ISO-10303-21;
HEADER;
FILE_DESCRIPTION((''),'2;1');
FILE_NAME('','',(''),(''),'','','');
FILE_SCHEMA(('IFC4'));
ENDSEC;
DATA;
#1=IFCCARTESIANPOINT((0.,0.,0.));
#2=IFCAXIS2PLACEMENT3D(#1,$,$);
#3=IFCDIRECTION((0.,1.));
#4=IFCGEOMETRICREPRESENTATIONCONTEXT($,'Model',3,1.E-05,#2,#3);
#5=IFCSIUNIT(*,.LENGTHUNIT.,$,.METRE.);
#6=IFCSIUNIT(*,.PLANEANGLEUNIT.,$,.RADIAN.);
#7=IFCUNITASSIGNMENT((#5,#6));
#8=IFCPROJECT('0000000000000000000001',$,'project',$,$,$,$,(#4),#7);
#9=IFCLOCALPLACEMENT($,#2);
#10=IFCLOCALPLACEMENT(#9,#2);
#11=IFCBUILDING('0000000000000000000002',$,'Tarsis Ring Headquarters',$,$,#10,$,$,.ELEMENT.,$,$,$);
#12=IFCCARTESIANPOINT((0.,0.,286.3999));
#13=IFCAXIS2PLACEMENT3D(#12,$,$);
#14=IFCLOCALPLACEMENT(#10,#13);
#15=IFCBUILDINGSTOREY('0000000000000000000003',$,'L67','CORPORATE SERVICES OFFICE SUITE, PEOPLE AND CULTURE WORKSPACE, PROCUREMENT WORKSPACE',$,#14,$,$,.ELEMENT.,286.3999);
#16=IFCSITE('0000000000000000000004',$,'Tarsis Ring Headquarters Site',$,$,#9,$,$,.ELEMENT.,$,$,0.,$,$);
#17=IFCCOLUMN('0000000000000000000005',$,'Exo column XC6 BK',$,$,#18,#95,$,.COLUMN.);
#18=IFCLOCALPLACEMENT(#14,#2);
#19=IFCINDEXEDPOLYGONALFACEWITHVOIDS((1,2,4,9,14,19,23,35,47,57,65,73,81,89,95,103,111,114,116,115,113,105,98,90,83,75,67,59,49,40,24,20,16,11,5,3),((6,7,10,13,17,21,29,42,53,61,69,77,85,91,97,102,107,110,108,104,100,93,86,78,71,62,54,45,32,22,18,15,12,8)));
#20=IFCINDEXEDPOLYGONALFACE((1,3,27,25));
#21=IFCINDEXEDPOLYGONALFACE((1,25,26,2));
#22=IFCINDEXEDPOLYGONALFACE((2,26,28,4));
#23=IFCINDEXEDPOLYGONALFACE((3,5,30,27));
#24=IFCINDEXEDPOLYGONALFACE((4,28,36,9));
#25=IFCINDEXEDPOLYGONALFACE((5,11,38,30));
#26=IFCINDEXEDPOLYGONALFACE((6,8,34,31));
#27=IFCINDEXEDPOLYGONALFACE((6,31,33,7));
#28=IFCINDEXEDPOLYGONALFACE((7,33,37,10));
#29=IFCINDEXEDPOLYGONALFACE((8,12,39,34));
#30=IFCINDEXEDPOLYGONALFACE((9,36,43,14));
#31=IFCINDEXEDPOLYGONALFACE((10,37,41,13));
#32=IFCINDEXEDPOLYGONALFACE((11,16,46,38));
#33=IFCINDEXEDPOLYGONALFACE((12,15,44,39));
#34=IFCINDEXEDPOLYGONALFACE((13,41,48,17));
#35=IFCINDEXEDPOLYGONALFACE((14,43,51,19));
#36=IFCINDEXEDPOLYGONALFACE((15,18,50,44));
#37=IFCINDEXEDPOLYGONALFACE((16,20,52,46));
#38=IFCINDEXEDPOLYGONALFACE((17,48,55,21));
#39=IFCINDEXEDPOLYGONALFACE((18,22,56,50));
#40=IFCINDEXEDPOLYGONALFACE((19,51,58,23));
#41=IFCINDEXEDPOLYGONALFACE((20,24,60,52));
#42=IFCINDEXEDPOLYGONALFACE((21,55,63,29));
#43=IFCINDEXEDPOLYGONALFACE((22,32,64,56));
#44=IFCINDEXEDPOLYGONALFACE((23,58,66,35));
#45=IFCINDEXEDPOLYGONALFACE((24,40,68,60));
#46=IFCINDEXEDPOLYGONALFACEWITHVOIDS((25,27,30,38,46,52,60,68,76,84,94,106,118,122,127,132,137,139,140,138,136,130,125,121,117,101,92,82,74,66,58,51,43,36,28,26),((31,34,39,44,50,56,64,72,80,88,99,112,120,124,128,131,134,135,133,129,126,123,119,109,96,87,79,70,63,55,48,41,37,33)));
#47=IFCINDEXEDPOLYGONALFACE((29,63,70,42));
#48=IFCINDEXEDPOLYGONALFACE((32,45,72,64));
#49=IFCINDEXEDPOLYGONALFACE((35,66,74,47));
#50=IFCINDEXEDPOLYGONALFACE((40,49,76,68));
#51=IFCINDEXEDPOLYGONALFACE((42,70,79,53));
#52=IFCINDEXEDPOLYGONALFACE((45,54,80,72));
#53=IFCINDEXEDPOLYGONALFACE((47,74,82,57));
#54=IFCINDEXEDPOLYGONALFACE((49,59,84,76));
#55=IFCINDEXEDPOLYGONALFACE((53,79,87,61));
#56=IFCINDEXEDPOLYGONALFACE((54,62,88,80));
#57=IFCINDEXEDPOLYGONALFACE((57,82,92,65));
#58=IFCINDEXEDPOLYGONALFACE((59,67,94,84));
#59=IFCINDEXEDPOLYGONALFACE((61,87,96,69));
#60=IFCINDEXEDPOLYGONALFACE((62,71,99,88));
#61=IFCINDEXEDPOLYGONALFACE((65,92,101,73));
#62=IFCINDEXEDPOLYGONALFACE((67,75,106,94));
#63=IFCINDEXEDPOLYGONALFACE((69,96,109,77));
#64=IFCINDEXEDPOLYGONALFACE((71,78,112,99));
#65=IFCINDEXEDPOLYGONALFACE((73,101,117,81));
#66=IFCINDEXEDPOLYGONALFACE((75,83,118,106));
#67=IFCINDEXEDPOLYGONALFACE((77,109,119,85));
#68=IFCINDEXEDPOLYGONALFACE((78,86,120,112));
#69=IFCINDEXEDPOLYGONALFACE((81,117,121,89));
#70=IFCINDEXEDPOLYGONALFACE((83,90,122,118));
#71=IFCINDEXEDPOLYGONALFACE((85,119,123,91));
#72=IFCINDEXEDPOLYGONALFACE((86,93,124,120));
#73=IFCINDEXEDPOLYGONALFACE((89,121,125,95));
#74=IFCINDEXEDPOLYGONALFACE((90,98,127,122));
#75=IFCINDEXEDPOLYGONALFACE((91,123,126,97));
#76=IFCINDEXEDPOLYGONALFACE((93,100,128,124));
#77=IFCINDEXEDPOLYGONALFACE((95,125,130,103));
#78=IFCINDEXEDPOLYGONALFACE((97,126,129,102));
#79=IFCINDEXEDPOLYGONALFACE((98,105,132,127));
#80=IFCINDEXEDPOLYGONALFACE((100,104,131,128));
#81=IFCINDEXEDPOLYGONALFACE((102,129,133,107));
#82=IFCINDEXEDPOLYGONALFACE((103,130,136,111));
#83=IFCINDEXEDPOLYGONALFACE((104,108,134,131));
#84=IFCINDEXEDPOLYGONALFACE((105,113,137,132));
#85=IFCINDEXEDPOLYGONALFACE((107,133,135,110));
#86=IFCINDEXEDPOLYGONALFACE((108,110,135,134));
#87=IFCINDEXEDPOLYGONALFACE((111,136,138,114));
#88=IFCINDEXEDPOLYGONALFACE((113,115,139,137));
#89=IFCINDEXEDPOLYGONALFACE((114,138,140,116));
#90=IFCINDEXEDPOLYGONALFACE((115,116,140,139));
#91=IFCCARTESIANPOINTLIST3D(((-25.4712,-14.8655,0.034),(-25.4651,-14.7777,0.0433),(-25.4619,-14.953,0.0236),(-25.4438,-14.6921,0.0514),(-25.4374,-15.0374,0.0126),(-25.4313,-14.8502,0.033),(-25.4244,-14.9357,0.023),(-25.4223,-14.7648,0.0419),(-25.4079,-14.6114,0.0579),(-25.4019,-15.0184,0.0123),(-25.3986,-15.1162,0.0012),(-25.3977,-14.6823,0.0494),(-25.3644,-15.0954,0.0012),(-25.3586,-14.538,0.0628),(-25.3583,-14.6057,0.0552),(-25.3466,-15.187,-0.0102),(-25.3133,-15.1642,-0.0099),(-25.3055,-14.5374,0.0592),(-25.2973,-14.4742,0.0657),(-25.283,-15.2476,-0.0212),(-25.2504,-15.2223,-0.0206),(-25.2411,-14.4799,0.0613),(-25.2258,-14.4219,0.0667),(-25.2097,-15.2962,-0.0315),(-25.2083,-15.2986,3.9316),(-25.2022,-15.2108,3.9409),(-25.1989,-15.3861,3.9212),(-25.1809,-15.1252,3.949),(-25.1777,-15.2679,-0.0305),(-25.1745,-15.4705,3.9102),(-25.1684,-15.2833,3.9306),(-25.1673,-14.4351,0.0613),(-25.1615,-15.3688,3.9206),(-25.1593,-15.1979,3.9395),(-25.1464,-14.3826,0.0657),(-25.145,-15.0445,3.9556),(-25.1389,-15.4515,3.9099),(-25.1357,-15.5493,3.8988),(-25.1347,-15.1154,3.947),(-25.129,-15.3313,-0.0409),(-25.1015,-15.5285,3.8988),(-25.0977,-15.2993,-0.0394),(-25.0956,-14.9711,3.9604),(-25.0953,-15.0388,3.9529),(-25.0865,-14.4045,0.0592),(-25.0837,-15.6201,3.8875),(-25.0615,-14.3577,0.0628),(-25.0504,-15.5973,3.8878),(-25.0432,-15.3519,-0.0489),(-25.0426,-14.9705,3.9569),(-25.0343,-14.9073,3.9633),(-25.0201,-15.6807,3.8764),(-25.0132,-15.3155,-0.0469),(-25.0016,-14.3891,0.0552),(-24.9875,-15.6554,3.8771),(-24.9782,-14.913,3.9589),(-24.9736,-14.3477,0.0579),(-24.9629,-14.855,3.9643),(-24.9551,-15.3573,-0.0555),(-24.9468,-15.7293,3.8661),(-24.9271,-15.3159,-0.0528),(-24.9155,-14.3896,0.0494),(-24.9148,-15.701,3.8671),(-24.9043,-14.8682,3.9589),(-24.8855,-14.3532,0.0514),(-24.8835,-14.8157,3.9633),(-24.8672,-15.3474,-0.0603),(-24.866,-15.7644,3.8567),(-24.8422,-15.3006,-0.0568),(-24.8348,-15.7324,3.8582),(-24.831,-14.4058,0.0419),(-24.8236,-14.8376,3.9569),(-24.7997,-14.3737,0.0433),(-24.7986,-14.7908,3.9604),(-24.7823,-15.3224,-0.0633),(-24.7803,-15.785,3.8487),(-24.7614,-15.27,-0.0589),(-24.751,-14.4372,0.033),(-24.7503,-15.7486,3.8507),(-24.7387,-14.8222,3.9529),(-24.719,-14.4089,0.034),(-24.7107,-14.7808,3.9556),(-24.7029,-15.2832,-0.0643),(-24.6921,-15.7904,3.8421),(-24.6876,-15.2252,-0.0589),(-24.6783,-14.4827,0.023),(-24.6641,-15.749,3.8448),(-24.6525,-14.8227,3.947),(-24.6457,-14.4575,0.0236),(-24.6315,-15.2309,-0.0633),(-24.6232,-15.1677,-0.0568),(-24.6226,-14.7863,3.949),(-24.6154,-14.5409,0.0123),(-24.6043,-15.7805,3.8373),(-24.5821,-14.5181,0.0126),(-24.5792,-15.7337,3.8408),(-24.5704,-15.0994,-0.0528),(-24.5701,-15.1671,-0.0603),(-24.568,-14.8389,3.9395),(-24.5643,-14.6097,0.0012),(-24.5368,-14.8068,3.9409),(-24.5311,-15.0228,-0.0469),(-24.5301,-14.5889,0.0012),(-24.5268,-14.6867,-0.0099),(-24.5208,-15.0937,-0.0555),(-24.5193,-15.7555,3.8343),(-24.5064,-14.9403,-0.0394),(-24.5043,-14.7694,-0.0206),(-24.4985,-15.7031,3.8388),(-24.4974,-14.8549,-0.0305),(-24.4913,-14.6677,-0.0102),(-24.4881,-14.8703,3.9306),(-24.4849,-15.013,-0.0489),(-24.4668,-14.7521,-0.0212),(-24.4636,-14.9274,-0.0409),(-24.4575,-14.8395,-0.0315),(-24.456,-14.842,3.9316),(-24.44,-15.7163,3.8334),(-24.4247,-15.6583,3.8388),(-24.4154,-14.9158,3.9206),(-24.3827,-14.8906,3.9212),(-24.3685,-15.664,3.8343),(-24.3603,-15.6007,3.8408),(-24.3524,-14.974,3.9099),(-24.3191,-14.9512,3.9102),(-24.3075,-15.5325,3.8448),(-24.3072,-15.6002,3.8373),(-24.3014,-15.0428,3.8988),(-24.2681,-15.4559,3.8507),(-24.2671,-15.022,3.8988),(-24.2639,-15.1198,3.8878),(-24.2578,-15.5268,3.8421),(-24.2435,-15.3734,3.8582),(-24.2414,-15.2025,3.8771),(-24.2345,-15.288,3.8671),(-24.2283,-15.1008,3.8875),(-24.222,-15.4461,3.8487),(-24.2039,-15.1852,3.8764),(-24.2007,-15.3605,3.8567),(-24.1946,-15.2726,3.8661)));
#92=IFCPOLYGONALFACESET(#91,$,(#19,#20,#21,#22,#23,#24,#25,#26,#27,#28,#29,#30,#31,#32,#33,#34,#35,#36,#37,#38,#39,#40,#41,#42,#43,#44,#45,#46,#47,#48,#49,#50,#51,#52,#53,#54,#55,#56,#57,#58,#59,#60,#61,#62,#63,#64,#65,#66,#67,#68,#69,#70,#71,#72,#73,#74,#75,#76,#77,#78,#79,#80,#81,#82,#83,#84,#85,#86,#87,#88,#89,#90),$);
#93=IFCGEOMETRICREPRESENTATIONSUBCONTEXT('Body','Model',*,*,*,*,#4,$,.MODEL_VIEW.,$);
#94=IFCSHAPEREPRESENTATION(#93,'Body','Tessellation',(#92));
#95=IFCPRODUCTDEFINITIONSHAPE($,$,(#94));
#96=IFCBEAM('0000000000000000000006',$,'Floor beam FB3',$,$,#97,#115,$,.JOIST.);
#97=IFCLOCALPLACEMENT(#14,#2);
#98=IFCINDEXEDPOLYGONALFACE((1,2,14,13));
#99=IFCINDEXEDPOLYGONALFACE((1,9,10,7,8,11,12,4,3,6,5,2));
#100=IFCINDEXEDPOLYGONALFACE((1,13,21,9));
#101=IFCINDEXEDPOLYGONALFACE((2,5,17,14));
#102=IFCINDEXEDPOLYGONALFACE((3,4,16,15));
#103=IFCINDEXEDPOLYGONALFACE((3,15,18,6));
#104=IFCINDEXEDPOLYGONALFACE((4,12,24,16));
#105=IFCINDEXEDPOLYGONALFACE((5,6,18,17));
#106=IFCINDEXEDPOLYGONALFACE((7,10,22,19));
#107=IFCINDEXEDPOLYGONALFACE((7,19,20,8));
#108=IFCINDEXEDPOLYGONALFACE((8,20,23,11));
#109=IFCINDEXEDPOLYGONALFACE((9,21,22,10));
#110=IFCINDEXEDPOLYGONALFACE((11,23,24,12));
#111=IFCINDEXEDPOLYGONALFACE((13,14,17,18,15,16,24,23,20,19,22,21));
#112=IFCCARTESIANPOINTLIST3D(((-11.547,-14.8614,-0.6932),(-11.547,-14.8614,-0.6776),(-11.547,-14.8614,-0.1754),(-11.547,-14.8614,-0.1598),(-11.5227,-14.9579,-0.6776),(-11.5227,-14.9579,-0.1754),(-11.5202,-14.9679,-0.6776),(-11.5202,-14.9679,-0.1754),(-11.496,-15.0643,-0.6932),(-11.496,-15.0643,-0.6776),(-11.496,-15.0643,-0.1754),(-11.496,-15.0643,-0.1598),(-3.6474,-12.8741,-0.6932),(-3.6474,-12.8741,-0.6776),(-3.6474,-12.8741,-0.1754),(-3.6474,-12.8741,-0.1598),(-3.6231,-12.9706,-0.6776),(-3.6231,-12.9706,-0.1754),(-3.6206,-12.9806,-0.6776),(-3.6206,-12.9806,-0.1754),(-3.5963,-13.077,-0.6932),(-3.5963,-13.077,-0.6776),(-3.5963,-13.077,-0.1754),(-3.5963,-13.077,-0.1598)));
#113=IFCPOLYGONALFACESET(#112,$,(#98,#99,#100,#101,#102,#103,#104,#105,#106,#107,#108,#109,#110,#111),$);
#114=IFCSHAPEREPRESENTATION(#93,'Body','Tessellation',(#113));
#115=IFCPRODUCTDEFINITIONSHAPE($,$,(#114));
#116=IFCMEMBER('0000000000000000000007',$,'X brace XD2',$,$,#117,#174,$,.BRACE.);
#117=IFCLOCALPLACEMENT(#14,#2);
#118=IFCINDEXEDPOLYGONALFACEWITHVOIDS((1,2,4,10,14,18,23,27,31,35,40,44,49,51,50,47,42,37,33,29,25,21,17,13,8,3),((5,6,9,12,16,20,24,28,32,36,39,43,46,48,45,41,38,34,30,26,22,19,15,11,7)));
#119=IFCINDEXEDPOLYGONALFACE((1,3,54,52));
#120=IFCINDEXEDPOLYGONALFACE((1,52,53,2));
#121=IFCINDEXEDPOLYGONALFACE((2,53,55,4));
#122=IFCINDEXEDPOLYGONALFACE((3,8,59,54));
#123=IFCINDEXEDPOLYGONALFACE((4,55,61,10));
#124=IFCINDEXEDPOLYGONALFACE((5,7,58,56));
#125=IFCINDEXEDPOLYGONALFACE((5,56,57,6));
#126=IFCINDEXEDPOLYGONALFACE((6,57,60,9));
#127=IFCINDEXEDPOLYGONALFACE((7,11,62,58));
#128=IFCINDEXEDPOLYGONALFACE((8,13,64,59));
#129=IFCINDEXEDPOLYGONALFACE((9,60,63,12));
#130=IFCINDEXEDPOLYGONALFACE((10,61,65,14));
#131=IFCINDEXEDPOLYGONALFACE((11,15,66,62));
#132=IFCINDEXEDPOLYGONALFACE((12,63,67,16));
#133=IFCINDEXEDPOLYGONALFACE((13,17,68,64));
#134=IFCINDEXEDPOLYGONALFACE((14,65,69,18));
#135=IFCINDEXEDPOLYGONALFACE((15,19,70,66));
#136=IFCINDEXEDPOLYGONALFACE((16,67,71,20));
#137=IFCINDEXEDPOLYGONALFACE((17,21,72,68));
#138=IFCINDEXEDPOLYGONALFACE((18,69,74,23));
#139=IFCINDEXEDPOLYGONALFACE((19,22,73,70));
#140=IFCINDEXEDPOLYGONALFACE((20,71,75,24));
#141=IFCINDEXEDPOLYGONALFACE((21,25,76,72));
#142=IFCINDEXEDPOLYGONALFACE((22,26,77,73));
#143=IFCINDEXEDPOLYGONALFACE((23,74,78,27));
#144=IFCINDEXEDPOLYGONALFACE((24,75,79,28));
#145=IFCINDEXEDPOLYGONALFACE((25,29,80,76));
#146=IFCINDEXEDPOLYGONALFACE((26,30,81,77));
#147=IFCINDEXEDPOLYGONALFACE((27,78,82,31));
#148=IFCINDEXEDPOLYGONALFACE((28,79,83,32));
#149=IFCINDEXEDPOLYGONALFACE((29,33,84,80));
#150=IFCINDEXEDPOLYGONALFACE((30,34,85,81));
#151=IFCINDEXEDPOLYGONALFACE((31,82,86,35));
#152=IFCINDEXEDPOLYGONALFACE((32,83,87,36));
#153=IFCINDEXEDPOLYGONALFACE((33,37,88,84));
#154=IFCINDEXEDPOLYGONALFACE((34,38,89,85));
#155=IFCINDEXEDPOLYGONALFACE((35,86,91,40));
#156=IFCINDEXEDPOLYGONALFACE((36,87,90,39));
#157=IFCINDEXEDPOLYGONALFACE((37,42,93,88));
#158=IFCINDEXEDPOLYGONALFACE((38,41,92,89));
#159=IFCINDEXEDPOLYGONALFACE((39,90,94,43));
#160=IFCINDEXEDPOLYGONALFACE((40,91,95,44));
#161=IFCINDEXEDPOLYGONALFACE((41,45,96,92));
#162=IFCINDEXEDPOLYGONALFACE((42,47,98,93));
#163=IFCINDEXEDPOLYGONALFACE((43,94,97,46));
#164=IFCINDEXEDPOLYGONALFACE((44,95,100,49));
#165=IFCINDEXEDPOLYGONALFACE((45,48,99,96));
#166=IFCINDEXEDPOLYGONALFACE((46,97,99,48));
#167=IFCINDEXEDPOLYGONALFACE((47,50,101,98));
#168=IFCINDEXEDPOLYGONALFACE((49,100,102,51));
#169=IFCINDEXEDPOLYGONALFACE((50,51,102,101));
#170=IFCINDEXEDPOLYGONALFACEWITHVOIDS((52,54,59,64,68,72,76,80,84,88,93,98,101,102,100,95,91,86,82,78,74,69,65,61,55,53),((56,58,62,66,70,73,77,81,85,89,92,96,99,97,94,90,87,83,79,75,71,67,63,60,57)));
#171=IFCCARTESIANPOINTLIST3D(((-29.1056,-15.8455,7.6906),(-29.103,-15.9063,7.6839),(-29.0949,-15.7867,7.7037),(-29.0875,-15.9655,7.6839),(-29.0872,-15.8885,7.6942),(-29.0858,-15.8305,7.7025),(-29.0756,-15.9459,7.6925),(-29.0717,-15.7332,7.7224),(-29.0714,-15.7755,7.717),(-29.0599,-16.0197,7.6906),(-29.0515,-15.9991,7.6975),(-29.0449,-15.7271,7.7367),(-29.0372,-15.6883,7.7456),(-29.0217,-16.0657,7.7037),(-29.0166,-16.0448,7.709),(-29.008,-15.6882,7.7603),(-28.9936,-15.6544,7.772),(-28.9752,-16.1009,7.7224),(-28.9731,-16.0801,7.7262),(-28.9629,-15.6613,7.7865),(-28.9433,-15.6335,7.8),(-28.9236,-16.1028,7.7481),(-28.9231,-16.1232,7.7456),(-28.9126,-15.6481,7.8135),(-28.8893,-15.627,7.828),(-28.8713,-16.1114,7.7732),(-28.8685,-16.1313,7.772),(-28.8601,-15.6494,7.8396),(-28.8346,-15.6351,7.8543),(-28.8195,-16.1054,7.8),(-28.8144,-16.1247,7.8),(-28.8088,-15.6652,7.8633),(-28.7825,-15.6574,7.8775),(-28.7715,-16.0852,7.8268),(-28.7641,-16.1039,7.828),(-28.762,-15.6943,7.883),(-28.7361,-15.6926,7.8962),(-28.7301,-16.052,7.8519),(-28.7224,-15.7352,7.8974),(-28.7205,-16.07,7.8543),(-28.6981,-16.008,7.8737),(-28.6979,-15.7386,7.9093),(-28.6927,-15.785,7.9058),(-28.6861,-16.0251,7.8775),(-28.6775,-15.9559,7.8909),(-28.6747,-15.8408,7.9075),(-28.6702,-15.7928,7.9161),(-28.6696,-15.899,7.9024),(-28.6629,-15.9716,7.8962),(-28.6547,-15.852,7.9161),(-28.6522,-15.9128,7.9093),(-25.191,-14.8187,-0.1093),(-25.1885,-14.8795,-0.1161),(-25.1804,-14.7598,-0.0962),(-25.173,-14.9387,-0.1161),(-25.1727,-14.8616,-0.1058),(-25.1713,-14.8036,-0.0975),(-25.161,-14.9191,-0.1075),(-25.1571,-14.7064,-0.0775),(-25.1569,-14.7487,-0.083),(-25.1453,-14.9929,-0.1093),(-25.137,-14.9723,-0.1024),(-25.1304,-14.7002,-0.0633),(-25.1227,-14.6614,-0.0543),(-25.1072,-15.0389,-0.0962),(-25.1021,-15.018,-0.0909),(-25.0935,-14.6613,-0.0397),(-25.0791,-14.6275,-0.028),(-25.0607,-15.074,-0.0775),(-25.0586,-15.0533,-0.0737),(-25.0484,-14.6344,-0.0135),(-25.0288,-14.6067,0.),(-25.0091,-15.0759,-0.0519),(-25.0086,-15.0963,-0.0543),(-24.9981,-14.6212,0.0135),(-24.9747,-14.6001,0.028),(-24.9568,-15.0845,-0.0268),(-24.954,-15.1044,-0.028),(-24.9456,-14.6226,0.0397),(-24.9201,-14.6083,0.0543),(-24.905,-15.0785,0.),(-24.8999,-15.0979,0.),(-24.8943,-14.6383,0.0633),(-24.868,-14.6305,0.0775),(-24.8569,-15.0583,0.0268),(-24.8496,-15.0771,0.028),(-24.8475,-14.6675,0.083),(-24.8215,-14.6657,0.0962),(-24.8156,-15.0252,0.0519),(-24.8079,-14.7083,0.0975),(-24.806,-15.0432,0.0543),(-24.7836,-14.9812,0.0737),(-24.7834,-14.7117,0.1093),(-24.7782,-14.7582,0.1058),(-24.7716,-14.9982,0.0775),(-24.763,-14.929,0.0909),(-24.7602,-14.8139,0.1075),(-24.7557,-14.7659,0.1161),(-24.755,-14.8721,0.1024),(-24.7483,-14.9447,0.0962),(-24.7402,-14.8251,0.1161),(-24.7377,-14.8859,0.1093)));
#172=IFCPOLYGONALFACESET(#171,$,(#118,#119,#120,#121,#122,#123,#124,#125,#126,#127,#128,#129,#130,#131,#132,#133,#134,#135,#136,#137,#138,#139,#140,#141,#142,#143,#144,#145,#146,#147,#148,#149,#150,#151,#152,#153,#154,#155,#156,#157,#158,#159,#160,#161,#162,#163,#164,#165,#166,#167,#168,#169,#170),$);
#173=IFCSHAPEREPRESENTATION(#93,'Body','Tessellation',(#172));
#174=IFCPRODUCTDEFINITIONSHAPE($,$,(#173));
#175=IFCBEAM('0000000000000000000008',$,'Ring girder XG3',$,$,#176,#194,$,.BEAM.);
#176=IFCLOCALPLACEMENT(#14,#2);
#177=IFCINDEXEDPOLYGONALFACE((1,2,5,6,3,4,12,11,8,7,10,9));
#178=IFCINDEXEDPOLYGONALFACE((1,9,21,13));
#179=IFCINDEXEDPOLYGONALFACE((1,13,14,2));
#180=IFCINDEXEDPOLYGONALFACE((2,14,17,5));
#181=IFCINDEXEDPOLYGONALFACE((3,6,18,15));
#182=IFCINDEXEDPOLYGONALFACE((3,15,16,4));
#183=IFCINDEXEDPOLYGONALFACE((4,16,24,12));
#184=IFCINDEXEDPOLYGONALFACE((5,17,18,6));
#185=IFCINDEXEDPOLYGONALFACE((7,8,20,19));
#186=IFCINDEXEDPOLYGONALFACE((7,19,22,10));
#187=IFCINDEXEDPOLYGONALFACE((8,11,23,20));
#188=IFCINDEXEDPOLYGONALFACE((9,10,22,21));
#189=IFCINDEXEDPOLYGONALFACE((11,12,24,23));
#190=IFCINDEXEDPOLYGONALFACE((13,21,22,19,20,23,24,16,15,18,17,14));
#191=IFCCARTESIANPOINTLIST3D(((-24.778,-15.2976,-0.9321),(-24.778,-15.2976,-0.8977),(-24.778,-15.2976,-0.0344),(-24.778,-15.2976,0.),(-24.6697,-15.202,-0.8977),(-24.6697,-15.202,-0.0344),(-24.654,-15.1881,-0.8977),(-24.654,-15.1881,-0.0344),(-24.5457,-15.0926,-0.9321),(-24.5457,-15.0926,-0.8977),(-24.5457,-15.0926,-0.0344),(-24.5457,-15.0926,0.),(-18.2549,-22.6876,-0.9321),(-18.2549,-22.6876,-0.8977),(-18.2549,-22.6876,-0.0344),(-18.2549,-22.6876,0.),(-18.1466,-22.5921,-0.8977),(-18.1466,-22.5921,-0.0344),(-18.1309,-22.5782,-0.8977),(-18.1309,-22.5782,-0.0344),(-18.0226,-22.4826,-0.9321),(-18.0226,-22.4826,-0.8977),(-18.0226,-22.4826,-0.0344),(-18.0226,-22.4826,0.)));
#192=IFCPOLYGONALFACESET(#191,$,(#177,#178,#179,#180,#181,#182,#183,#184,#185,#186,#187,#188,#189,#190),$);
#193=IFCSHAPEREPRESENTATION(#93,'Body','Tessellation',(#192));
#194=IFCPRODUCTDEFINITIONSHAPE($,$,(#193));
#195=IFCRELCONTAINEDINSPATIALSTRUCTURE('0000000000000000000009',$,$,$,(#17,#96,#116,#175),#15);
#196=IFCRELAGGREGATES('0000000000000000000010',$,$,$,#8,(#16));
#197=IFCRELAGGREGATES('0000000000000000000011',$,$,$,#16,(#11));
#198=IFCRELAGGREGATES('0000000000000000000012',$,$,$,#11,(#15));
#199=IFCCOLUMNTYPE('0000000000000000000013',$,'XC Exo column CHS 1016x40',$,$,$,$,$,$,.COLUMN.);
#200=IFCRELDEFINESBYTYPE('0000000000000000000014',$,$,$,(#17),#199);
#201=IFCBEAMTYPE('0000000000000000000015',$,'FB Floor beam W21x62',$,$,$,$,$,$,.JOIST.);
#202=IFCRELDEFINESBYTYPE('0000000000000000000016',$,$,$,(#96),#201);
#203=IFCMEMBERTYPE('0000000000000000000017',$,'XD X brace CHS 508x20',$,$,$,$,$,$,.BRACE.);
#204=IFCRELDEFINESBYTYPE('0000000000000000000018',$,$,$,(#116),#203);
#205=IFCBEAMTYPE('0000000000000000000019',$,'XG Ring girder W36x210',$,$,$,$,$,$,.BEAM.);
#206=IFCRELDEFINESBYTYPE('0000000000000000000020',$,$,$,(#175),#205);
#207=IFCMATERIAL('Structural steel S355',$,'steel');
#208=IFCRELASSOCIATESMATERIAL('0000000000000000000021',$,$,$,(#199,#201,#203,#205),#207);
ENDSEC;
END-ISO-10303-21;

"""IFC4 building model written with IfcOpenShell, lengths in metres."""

from ifc_helpers import new_model, si_unit, direction, frame, origin, origin_2d, place, context, subcontext, project, spatial, hollow_circle, i_section, extrude, material, material_profile, profile_set, type_object, element, save


model = new_model("IFC4")

# Units and contexts
model_context = context("Model", 3, precision=1e-05, world=origin(), true_north=direction((0.0, 1.0)))
body_context = subcontext(model_context, "Body", "Model", "MODEL_VIEW")
ifc_project = project(units=[si_unit("LENGTHUNIT", "METRE"), si_unit("PLANEANGLEUNIT", "RADIAN")], contexts=[model_context])

# Site, building, storey
site_placement = place(None, origin())
site = spatial("IfcSite", under=ifc_project, at=site_placement, Name="Tarsis Ring Headquarters Site", CompositionType="ELEMENT", RefElevation=0.0)
building_placement = place(site_placement, origin())
building = spatial("IfcBuilding", under=site, at=building_placement, Name="Tarsis Ring Headquarters", CompositionType="ELEMENT")
storey_placement = place(building_placement, frame((0.0, 0.0, 286.3999)))
storey = spatial("IfcBuildingStorey", under=building, at=storey_placement, Name="L67", Description="CORPORATE SERVICES OFFICE SUITE, PEOPLE AND CULTURE WORKSPACE, PROCUREMENT WORKSPACE", CompositionType="ELEMENT", Elevation=286.3999)

# Column
ifc_material_1 = material(Name="Structural steel S355", Category="steel")
ifc_material_profile_1 = material_profile(ifc_material_1, hollow_circle(Radius=0.5081, WallThickness=0.04, at=origin_2d()), Name="CHS 1016x40")
ifc_profile_set_1 = profile_set([ifc_material_profile_1], Name="Structural steel S355")
column_type = type_object("IfcColumnType", Name="XC Exo column CHS 1016x40", PredefinedType="COLUMN", material=ifc_profile_set_1)
column_placement = place(storey_placement, frame((-24.9644, -14.8525, 0.0012), z_axis=(0.066897, -0.110191, 0.991657), x_axis=(0.854803, 0.518953, 0.0)))
element("IfcColumn", 1, at=column_placement, inside=storey, type_object=column_type, Name="Exo column XC6 BK", PredefinedType="COLUMN", context=body_context, shape_type="SweptSolid", body=[
    extrude(hollow_circle(Radius=0.5081, WallThickness=0.04, at=origin_2d()), origin(), (0.0, 0.0, 1.0), 3.9304),
])

# Beam
ifc_material_profile_2 = material_profile(ifc_material_1, i_section(OverallWidth=0.2092, OverallDepth=0.5334, WebThickness=0.0103, FlangeThickness=0.0156, at=origin_2d()), Name="W21x62")
ifc_profile_set_2 = profile_set([ifc_material_profile_2], Name="Structural steel S355")
beam_type_1 = type_object("IfcBeamType", Name="FB Floor beam W21x62", PredefinedType="JOIST", material=ifc_profile_set_2)
beam_1_placement = place(storey_placement, frame((-11.5215, -14.9629, -0.4265), z_axis=(0.969784, 0.243967, 0.0), x_axis=(-0.243967, 0.969784, 0.0)))
element("IfcBeam", 2, at=beam_1_placement, inside=storey, type_object=beam_type_1, Name="Floor beam FB3", PredefinedType="JOIST", context=body_context, shape_type="SweptSolid", body=[
    extrude(i_section(OverallWidth=0.2092, OverallDepth=0.5334, WebThickness=0.0103, FlangeThickness=0.0156, at=origin_2d()), origin(), (0.0, 0.0, 1.0), 8.1458),
])

# Member
ifc_material_profile_3 = material_profile(ifc_material_1, hollow_circle(Radius=0.2539, WallThickness=0.02, at=origin_2d()), Name="CHS 508x20")
ifc_profile_set_3 = profile_set([ifc_material_profile_3], Name="Structural steel S355")
member_type = type_object("IfcMemberType", Name="XD X brace CHS 508x20", PredefinedType="BRACE", material=ifc_profile_set_3)
member_placement = place(storey_placement, frame((-24.9644, -14.8523, 0.0), z_axis=(-0.445472, -0.116855, 0.887637), x_axis=(0.253733, -0.967274, 0.0)))
element("IfcMember", 3, at=member_placement, inside=storey, type_object=member_type, Name="X brace XD2", PredefinedType="BRACE", context=body_context, shape_type="SweptSolid", body=[
    extrude(hollow_circle(Radius=0.2539, WallThickness=0.02, at=origin_2d()), origin(), (0.0, 0.0, 1.0), 8.7874),
])

# Beam
ifc_material_profile_4 = material_profile(ifc_material_1, i_section(OverallWidth=0.3098, OverallDepth=0.9321, WebThickness=0.021, FlangeThickness=0.0344, at=origin_2d()), Name="W36x210")
ifc_profile_set_4 = profile_set([ifc_material_profile_4], Name="Structural steel S355")
beam_type_2 = type_object("IfcBeamType", Name="XG Ring girder W36x210", PredefinedType="BEAM", material=ifc_profile_set_4)
beam_2_placement = place(storey_placement, frame((-24.6619, -15.1951, -0.4661), z_axis=(0.661763, -0.749713, 0.0), x_axis=(0.749713, 0.661763, 0.0)))
element("IfcBeam", 4, at=beam_2_placement, inside=storey, type_object=beam_type_2, Name="Ring girder XG3", PredefinedType="BEAM", context=body_context, shape_type="SweptSolid", body=[
    extrude(i_section(OverallWidth=0.3098, OverallDepth=0.9321, WebThickness=0.021, FlangeThickness=0.0344, at=origin_2d()), origin(), (0.0, 0.0, 1.0), 9.8572),
])

save(model, "model.ifc")
